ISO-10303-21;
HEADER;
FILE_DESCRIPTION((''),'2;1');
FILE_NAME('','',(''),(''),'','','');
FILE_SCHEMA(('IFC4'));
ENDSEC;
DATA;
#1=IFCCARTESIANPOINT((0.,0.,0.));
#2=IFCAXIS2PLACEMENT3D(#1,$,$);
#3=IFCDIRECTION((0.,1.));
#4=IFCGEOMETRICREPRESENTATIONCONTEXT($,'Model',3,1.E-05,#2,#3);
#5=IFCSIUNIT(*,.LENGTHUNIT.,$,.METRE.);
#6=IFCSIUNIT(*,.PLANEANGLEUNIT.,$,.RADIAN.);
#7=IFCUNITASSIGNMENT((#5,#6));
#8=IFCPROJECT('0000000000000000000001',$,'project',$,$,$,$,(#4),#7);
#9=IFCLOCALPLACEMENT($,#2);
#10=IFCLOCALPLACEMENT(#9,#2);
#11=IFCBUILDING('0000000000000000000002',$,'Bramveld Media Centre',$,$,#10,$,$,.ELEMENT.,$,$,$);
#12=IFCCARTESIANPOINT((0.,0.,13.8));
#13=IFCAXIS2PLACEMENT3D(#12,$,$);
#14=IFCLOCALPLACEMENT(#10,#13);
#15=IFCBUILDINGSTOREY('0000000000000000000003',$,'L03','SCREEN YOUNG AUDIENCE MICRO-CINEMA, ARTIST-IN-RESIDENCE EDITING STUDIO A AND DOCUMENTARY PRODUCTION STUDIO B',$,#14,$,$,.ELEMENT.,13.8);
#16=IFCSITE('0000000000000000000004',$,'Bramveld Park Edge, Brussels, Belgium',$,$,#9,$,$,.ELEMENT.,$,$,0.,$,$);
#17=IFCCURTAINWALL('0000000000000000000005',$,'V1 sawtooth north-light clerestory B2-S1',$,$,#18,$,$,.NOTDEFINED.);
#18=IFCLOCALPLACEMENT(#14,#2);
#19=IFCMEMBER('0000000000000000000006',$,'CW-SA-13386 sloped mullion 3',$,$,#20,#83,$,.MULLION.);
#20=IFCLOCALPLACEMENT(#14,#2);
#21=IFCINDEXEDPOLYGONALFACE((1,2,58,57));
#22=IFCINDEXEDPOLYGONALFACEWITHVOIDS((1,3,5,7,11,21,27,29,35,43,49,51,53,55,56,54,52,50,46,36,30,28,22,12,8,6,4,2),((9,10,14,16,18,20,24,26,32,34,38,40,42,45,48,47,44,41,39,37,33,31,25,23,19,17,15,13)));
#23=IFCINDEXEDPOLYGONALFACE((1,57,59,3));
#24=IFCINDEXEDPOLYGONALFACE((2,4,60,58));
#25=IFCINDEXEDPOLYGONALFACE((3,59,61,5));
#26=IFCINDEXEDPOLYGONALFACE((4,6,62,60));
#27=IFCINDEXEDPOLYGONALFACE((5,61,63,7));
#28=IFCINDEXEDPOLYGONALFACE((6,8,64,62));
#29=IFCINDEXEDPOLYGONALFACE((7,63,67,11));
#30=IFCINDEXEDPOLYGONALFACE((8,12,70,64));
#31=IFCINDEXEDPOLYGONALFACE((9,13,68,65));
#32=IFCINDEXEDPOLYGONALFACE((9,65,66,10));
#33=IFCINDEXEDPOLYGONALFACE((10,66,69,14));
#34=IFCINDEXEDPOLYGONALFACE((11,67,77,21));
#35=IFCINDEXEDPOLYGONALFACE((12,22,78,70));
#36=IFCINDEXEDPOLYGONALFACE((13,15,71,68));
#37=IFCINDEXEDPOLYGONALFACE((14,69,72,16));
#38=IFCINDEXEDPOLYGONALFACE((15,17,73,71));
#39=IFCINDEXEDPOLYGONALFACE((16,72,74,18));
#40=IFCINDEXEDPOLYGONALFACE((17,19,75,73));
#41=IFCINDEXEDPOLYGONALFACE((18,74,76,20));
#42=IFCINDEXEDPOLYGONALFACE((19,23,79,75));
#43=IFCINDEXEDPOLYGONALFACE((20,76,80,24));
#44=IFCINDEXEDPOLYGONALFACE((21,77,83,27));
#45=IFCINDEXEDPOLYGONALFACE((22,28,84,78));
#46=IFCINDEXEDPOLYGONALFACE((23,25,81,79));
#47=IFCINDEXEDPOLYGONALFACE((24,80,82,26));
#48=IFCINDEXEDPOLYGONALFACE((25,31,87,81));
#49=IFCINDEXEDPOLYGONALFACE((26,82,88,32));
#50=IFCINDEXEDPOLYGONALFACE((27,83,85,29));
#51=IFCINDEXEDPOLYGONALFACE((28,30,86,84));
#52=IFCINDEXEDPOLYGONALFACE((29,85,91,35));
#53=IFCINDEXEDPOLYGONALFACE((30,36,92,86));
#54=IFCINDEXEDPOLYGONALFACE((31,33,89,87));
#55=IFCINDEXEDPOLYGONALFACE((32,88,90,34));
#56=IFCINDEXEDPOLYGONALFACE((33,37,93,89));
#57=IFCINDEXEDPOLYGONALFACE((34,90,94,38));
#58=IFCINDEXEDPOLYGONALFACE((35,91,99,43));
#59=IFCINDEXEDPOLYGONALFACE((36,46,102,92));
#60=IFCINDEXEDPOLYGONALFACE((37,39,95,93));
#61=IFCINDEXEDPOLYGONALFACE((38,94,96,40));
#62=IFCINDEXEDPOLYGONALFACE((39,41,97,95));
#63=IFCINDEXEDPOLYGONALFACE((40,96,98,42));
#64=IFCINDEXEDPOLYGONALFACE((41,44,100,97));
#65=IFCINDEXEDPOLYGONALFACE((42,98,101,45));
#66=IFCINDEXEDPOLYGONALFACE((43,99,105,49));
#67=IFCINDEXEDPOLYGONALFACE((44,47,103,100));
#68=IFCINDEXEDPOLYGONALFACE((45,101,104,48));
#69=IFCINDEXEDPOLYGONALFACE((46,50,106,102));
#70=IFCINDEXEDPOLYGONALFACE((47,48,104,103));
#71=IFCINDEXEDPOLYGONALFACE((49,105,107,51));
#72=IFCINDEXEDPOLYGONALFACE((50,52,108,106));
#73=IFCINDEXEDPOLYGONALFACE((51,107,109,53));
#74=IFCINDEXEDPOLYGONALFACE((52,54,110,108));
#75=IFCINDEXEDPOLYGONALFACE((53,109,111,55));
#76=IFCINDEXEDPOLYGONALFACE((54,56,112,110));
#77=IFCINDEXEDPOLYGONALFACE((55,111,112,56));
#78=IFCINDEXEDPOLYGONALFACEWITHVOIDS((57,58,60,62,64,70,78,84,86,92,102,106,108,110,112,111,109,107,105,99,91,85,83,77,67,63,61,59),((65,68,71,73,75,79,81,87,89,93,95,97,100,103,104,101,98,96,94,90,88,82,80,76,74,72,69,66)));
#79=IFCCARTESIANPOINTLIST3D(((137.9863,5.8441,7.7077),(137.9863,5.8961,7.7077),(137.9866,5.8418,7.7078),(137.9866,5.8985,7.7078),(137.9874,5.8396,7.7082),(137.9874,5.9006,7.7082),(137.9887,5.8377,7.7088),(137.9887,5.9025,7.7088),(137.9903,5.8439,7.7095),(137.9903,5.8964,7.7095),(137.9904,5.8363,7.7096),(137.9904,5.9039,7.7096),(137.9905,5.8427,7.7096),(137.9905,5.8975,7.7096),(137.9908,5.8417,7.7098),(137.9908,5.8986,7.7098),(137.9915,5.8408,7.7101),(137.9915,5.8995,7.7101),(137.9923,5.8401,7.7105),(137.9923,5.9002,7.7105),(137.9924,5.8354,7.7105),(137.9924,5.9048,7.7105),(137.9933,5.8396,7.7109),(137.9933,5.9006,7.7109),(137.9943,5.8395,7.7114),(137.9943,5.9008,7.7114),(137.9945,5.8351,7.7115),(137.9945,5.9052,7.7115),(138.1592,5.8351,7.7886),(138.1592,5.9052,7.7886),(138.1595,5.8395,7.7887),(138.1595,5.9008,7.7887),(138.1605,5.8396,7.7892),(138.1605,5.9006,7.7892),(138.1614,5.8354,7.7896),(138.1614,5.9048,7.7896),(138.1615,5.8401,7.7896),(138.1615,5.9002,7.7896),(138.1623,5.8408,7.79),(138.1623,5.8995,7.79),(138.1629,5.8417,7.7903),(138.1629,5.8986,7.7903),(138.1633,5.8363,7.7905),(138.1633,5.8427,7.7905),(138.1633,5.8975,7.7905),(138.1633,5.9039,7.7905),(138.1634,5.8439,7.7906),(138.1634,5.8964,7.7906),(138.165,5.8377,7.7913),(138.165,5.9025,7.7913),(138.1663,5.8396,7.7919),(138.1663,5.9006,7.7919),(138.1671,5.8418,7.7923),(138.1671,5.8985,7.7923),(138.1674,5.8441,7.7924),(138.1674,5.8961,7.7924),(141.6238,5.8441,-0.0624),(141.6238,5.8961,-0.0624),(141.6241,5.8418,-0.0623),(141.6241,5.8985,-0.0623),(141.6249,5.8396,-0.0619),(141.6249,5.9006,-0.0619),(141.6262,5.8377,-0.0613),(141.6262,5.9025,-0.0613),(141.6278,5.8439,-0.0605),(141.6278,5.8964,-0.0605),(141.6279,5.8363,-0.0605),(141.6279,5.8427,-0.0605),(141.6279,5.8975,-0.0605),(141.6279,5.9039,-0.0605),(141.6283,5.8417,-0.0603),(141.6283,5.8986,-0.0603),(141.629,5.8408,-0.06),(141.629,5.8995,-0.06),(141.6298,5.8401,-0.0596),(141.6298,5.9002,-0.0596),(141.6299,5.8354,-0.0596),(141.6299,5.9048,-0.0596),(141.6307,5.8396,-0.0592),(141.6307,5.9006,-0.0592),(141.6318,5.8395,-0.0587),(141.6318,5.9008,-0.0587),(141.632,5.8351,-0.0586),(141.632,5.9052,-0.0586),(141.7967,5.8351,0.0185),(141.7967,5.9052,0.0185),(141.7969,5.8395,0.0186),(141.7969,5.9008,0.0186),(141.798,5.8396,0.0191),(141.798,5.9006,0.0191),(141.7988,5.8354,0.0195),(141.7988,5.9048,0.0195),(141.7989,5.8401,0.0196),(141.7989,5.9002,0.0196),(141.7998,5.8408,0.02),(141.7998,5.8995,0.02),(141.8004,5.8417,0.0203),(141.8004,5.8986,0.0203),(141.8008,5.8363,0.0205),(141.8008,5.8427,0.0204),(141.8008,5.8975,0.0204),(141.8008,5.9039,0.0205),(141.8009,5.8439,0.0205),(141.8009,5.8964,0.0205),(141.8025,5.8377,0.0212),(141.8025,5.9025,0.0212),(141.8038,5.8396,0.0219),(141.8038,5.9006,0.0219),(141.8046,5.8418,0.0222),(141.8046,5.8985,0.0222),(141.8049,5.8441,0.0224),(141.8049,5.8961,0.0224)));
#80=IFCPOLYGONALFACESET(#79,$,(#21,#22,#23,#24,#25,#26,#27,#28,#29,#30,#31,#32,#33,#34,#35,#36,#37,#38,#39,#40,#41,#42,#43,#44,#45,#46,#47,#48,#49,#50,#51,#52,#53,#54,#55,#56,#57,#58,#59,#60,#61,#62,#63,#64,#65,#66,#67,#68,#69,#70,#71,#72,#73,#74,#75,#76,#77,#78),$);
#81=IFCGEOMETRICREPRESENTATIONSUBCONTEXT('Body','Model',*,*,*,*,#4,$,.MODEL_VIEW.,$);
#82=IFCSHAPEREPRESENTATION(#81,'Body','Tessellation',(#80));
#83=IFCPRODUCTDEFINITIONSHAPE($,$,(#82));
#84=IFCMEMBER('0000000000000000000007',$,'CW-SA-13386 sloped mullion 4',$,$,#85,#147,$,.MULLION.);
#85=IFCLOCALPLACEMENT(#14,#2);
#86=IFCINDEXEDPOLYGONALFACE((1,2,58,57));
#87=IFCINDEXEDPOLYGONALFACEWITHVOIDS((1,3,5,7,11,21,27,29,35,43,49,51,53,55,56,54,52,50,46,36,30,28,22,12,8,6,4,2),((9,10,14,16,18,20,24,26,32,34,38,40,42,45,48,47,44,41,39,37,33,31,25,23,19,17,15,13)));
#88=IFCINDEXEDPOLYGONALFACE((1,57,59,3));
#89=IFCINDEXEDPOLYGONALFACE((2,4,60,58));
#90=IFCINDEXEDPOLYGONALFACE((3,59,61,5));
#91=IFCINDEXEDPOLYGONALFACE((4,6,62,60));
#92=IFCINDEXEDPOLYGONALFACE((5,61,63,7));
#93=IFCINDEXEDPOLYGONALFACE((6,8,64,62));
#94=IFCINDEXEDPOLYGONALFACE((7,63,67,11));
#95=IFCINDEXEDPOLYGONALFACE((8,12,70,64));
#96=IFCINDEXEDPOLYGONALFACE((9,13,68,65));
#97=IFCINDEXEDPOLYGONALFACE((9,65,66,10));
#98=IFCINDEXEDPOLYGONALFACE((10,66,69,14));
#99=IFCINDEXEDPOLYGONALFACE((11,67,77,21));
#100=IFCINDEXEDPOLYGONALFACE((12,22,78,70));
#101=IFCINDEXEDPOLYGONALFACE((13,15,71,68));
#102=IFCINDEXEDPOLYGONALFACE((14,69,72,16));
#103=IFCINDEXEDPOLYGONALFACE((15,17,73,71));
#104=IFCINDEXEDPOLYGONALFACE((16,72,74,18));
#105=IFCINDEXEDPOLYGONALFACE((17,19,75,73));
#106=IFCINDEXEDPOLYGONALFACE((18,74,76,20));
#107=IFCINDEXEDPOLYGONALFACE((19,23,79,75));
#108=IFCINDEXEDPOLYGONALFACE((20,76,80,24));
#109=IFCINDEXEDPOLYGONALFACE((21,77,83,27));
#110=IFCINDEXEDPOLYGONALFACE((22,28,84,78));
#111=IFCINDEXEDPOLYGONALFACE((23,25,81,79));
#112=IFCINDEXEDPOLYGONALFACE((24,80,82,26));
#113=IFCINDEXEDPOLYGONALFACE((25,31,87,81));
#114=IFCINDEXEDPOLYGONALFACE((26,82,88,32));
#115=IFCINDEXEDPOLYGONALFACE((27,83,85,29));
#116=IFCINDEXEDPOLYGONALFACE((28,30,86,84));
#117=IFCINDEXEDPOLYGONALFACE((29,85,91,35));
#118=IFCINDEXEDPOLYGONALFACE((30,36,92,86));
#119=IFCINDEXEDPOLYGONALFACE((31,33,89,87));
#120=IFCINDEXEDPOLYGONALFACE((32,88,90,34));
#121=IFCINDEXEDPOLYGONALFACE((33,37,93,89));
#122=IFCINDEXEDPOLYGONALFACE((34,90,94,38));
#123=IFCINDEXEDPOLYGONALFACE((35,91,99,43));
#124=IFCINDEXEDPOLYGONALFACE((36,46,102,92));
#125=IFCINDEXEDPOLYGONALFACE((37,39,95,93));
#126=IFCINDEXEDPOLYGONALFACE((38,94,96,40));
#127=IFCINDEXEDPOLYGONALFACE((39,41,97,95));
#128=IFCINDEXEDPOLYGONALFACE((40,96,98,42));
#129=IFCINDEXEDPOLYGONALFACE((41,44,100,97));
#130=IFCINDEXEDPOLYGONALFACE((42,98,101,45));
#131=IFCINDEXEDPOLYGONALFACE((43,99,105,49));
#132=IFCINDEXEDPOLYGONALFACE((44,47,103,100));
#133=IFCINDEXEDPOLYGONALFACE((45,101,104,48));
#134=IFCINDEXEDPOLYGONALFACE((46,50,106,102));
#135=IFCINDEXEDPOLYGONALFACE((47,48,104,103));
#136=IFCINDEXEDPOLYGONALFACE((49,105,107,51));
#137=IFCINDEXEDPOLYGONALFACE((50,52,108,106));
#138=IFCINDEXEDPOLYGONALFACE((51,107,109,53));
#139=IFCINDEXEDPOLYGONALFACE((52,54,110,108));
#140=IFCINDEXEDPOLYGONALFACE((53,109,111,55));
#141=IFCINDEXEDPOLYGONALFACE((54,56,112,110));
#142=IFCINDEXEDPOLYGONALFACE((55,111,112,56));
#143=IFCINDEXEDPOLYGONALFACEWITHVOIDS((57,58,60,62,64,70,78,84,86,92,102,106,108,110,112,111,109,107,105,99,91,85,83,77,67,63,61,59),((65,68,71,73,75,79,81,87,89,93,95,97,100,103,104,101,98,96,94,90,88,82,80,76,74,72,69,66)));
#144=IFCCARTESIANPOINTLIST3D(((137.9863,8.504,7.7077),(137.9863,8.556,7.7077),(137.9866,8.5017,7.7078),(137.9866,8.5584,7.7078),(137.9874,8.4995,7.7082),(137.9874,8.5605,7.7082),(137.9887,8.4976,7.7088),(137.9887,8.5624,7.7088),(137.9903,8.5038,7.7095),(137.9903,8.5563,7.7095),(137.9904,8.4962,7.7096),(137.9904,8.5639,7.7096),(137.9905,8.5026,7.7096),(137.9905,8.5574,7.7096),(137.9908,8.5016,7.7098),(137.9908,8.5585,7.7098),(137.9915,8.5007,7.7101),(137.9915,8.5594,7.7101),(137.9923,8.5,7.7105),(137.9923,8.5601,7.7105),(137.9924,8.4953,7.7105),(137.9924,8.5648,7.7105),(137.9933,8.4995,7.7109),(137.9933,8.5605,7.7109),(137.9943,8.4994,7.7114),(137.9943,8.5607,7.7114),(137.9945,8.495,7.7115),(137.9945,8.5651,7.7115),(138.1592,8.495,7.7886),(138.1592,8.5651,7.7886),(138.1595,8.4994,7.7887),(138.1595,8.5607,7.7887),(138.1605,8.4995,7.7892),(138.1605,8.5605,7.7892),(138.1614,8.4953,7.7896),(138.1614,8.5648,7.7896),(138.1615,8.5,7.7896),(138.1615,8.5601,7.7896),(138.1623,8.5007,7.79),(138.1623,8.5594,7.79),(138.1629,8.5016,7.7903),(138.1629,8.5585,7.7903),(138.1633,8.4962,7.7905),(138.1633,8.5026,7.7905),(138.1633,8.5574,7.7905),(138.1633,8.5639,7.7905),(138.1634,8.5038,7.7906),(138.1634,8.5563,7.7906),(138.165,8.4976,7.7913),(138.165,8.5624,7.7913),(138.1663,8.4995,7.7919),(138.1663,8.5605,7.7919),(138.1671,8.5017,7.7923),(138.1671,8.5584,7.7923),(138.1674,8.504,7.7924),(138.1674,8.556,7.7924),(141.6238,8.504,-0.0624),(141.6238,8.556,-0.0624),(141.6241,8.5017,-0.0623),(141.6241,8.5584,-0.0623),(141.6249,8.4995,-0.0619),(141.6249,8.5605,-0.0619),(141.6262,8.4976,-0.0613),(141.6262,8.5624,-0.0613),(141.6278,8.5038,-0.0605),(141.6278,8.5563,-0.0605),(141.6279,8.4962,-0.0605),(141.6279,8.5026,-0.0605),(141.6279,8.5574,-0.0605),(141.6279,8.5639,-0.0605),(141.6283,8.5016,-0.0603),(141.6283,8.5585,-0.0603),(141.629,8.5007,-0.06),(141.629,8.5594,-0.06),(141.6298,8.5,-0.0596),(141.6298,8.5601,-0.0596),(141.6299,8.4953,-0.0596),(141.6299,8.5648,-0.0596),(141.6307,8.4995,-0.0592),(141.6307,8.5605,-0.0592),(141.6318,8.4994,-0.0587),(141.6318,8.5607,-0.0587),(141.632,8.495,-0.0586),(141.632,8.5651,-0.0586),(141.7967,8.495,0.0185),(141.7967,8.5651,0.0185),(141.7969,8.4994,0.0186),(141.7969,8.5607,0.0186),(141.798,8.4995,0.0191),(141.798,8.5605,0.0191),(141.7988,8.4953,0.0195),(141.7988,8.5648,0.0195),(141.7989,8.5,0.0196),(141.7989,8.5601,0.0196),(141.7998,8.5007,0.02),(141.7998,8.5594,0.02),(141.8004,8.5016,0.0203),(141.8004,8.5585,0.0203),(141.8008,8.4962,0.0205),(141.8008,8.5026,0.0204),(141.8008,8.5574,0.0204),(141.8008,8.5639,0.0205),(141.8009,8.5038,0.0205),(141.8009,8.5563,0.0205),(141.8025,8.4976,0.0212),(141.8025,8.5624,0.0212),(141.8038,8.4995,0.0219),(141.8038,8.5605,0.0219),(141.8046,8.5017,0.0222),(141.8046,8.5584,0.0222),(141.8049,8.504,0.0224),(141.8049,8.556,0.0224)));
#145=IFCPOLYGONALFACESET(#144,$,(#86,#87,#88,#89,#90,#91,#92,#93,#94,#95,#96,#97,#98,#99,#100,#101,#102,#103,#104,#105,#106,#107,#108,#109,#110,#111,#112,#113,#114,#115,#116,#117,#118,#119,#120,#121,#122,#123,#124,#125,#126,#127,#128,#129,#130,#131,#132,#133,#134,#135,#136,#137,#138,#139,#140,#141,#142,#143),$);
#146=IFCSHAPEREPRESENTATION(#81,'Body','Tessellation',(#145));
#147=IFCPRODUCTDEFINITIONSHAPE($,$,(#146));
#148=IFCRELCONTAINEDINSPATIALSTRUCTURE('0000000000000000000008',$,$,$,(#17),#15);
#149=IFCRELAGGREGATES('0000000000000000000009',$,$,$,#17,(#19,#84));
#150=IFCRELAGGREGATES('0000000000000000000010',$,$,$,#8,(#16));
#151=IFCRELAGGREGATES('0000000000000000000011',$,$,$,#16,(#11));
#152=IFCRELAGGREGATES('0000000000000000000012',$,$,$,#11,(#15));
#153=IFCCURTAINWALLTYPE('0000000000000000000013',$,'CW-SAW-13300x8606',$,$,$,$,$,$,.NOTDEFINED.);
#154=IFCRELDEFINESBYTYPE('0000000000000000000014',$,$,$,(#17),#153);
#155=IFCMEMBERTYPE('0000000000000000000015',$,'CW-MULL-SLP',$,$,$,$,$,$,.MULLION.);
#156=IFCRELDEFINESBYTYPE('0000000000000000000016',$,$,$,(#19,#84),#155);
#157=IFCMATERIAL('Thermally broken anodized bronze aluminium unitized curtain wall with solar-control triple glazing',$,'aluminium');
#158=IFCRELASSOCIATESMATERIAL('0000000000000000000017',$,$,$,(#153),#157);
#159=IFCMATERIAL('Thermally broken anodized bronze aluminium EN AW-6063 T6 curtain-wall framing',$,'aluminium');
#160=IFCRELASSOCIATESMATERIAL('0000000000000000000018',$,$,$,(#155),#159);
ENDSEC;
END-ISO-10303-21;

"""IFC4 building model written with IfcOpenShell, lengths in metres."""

from ifc_helpers import new_model, si_unit, direction, frame, origin, origin_2d, place, context, subcontext, project, spatial, hollow_rectangle, extrude, material, material_profile, profile_set, type_object, element, aggregate, save


model = new_model("IFC4")

# Units and contexts
model_context = context("Model", 3, precision=1e-05, world=origin(), true_north=direction((0.0, 1.0)))
body_context = subcontext(model_context, "Body", "Model", "MODEL_VIEW")
ifc_project = project(units=[si_unit("LENGTHUNIT", "METRE"), si_unit("PLANEANGLEUNIT", "RADIAN")], contexts=[model_context])

# Site, building, storey
site_placement = place(None, origin())
site = spatial("IfcSite", under=ifc_project, at=site_placement, Name="Bramveld Park Edge, Brussels, Belgium", CompositionType="ELEMENT", RefElevation=0.0)
building_placement = place(site_placement, origin())
building = spatial("IfcBuilding", under=site, at=building_placement, Name="Bramveld Media Centre", CompositionType="ELEMENT")
storey_placement = place(building_placement, frame((0.0, 0.0, 13.8)))
storey = spatial("IfcBuildingStorey", under=building, at=storey_placement, Name="L03", Description="SCREEN YOUNG AUDIENCE MICRO-CINEMA, ARTIST-IN-RESIDENCE EDITING STUDIO A AND DOCUMENTARY PRODUCTION STUDIO B", CompositionType="ELEMENT", Elevation=13.8)

# Curtain wall, members
ifc_material_1 = material(Name="Thermally broken anodized bronze aluminium unitized curtain wall with solar-control triple glazing", Category="aluminium")
curtain_wall_type = type_object("IfcCurtainWallType", Name="CW-SAW-13300x8606", PredefinedType="NOTDEFINED", material=ifc_material_1)
curtain_wall_1_placement = place(storey_placement, origin())
curtain_wall_1 = element("IfcCurtainWall", 1, at=curtain_wall_1_placement, inside=storey, type_object=curtain_wall_type, Name="V1 sawtooth north-light clerestory B2-S1", PredefinedType="NOTDEFINED")
ifc_material_2 = material(Name="Thermally broken anodized bronze aluminium EN AW-6063 T6 curtain-wall framing", Category="aluminium")
ifc_material_profile_1 = material_profile(ifc_material_2, hollow_rectangle(XDim=0.0701, YDim=0.2, WallThickness=0.0044, InnerFilletRadius=0.0044, OuterFilletRadius=0.009, at=origin_2d()), Name="AL-MULL 70x200")
ifc_profile_set_1 = profile_set([ifc_material_profile_1], Name="Thermally broken anodized bronze aluminium EN AW-6063 T6 curtain-wall framing")
member_type_1 = type_object("IfcMemberType", Name="CW-MULL-SLP", PredefinedType="MULLION", material=ifc_profile_set_1)
member_1_placement = place(storey_placement, frame((141.7144, 5.8701, -0.02), z_axis=(-0.42398, 0.0, 0.905671), x_axis=(0.0, -1.0, 0.0)))
member_1 = element("IfcMember", 2, at=member_1_placement, type_object=member_type_1, Name="CW-SA-13386 sloped mullion 3", PredefinedType="MULLION", context=body_context, shape_type="SweptSolid", body=[
    extrude(hollow_rectangle(XDim=0.0701, YDim=0.2, WallThickness=0.0044, InnerFilletRadius=0.0044, OuterFilletRadius=0.009, at=origin_2d()), origin(), (0.0, 0.0, 1.0), 8.5793),
])
member_2_placement = place(storey_placement, frame((141.7144, 8.53, -0.02), z_axis=(-0.42398, 0.0, 0.905671), x_axis=(0.0, -1.0, 0.0)))
member_2 = element("IfcMember", 3, at=member_2_placement, type_object=member_type_1, Name="CW-SA-13386 sloped mullion 4", PredefinedType="MULLION", context=body_context, shape_type="SweptSolid", body=[
    extrude(hollow_rectangle(XDim=0.0701, YDim=0.2, WallThickness=0.0044, InnerFilletRadius=0.0044, OuterFilletRadius=0.009, at=origin_2d()), origin(), (0.0, 0.0, 1.0), 8.5793),
])
aggregate(curtain_wall_1, [member_1, member_2])

save(model, "model.ifc")
